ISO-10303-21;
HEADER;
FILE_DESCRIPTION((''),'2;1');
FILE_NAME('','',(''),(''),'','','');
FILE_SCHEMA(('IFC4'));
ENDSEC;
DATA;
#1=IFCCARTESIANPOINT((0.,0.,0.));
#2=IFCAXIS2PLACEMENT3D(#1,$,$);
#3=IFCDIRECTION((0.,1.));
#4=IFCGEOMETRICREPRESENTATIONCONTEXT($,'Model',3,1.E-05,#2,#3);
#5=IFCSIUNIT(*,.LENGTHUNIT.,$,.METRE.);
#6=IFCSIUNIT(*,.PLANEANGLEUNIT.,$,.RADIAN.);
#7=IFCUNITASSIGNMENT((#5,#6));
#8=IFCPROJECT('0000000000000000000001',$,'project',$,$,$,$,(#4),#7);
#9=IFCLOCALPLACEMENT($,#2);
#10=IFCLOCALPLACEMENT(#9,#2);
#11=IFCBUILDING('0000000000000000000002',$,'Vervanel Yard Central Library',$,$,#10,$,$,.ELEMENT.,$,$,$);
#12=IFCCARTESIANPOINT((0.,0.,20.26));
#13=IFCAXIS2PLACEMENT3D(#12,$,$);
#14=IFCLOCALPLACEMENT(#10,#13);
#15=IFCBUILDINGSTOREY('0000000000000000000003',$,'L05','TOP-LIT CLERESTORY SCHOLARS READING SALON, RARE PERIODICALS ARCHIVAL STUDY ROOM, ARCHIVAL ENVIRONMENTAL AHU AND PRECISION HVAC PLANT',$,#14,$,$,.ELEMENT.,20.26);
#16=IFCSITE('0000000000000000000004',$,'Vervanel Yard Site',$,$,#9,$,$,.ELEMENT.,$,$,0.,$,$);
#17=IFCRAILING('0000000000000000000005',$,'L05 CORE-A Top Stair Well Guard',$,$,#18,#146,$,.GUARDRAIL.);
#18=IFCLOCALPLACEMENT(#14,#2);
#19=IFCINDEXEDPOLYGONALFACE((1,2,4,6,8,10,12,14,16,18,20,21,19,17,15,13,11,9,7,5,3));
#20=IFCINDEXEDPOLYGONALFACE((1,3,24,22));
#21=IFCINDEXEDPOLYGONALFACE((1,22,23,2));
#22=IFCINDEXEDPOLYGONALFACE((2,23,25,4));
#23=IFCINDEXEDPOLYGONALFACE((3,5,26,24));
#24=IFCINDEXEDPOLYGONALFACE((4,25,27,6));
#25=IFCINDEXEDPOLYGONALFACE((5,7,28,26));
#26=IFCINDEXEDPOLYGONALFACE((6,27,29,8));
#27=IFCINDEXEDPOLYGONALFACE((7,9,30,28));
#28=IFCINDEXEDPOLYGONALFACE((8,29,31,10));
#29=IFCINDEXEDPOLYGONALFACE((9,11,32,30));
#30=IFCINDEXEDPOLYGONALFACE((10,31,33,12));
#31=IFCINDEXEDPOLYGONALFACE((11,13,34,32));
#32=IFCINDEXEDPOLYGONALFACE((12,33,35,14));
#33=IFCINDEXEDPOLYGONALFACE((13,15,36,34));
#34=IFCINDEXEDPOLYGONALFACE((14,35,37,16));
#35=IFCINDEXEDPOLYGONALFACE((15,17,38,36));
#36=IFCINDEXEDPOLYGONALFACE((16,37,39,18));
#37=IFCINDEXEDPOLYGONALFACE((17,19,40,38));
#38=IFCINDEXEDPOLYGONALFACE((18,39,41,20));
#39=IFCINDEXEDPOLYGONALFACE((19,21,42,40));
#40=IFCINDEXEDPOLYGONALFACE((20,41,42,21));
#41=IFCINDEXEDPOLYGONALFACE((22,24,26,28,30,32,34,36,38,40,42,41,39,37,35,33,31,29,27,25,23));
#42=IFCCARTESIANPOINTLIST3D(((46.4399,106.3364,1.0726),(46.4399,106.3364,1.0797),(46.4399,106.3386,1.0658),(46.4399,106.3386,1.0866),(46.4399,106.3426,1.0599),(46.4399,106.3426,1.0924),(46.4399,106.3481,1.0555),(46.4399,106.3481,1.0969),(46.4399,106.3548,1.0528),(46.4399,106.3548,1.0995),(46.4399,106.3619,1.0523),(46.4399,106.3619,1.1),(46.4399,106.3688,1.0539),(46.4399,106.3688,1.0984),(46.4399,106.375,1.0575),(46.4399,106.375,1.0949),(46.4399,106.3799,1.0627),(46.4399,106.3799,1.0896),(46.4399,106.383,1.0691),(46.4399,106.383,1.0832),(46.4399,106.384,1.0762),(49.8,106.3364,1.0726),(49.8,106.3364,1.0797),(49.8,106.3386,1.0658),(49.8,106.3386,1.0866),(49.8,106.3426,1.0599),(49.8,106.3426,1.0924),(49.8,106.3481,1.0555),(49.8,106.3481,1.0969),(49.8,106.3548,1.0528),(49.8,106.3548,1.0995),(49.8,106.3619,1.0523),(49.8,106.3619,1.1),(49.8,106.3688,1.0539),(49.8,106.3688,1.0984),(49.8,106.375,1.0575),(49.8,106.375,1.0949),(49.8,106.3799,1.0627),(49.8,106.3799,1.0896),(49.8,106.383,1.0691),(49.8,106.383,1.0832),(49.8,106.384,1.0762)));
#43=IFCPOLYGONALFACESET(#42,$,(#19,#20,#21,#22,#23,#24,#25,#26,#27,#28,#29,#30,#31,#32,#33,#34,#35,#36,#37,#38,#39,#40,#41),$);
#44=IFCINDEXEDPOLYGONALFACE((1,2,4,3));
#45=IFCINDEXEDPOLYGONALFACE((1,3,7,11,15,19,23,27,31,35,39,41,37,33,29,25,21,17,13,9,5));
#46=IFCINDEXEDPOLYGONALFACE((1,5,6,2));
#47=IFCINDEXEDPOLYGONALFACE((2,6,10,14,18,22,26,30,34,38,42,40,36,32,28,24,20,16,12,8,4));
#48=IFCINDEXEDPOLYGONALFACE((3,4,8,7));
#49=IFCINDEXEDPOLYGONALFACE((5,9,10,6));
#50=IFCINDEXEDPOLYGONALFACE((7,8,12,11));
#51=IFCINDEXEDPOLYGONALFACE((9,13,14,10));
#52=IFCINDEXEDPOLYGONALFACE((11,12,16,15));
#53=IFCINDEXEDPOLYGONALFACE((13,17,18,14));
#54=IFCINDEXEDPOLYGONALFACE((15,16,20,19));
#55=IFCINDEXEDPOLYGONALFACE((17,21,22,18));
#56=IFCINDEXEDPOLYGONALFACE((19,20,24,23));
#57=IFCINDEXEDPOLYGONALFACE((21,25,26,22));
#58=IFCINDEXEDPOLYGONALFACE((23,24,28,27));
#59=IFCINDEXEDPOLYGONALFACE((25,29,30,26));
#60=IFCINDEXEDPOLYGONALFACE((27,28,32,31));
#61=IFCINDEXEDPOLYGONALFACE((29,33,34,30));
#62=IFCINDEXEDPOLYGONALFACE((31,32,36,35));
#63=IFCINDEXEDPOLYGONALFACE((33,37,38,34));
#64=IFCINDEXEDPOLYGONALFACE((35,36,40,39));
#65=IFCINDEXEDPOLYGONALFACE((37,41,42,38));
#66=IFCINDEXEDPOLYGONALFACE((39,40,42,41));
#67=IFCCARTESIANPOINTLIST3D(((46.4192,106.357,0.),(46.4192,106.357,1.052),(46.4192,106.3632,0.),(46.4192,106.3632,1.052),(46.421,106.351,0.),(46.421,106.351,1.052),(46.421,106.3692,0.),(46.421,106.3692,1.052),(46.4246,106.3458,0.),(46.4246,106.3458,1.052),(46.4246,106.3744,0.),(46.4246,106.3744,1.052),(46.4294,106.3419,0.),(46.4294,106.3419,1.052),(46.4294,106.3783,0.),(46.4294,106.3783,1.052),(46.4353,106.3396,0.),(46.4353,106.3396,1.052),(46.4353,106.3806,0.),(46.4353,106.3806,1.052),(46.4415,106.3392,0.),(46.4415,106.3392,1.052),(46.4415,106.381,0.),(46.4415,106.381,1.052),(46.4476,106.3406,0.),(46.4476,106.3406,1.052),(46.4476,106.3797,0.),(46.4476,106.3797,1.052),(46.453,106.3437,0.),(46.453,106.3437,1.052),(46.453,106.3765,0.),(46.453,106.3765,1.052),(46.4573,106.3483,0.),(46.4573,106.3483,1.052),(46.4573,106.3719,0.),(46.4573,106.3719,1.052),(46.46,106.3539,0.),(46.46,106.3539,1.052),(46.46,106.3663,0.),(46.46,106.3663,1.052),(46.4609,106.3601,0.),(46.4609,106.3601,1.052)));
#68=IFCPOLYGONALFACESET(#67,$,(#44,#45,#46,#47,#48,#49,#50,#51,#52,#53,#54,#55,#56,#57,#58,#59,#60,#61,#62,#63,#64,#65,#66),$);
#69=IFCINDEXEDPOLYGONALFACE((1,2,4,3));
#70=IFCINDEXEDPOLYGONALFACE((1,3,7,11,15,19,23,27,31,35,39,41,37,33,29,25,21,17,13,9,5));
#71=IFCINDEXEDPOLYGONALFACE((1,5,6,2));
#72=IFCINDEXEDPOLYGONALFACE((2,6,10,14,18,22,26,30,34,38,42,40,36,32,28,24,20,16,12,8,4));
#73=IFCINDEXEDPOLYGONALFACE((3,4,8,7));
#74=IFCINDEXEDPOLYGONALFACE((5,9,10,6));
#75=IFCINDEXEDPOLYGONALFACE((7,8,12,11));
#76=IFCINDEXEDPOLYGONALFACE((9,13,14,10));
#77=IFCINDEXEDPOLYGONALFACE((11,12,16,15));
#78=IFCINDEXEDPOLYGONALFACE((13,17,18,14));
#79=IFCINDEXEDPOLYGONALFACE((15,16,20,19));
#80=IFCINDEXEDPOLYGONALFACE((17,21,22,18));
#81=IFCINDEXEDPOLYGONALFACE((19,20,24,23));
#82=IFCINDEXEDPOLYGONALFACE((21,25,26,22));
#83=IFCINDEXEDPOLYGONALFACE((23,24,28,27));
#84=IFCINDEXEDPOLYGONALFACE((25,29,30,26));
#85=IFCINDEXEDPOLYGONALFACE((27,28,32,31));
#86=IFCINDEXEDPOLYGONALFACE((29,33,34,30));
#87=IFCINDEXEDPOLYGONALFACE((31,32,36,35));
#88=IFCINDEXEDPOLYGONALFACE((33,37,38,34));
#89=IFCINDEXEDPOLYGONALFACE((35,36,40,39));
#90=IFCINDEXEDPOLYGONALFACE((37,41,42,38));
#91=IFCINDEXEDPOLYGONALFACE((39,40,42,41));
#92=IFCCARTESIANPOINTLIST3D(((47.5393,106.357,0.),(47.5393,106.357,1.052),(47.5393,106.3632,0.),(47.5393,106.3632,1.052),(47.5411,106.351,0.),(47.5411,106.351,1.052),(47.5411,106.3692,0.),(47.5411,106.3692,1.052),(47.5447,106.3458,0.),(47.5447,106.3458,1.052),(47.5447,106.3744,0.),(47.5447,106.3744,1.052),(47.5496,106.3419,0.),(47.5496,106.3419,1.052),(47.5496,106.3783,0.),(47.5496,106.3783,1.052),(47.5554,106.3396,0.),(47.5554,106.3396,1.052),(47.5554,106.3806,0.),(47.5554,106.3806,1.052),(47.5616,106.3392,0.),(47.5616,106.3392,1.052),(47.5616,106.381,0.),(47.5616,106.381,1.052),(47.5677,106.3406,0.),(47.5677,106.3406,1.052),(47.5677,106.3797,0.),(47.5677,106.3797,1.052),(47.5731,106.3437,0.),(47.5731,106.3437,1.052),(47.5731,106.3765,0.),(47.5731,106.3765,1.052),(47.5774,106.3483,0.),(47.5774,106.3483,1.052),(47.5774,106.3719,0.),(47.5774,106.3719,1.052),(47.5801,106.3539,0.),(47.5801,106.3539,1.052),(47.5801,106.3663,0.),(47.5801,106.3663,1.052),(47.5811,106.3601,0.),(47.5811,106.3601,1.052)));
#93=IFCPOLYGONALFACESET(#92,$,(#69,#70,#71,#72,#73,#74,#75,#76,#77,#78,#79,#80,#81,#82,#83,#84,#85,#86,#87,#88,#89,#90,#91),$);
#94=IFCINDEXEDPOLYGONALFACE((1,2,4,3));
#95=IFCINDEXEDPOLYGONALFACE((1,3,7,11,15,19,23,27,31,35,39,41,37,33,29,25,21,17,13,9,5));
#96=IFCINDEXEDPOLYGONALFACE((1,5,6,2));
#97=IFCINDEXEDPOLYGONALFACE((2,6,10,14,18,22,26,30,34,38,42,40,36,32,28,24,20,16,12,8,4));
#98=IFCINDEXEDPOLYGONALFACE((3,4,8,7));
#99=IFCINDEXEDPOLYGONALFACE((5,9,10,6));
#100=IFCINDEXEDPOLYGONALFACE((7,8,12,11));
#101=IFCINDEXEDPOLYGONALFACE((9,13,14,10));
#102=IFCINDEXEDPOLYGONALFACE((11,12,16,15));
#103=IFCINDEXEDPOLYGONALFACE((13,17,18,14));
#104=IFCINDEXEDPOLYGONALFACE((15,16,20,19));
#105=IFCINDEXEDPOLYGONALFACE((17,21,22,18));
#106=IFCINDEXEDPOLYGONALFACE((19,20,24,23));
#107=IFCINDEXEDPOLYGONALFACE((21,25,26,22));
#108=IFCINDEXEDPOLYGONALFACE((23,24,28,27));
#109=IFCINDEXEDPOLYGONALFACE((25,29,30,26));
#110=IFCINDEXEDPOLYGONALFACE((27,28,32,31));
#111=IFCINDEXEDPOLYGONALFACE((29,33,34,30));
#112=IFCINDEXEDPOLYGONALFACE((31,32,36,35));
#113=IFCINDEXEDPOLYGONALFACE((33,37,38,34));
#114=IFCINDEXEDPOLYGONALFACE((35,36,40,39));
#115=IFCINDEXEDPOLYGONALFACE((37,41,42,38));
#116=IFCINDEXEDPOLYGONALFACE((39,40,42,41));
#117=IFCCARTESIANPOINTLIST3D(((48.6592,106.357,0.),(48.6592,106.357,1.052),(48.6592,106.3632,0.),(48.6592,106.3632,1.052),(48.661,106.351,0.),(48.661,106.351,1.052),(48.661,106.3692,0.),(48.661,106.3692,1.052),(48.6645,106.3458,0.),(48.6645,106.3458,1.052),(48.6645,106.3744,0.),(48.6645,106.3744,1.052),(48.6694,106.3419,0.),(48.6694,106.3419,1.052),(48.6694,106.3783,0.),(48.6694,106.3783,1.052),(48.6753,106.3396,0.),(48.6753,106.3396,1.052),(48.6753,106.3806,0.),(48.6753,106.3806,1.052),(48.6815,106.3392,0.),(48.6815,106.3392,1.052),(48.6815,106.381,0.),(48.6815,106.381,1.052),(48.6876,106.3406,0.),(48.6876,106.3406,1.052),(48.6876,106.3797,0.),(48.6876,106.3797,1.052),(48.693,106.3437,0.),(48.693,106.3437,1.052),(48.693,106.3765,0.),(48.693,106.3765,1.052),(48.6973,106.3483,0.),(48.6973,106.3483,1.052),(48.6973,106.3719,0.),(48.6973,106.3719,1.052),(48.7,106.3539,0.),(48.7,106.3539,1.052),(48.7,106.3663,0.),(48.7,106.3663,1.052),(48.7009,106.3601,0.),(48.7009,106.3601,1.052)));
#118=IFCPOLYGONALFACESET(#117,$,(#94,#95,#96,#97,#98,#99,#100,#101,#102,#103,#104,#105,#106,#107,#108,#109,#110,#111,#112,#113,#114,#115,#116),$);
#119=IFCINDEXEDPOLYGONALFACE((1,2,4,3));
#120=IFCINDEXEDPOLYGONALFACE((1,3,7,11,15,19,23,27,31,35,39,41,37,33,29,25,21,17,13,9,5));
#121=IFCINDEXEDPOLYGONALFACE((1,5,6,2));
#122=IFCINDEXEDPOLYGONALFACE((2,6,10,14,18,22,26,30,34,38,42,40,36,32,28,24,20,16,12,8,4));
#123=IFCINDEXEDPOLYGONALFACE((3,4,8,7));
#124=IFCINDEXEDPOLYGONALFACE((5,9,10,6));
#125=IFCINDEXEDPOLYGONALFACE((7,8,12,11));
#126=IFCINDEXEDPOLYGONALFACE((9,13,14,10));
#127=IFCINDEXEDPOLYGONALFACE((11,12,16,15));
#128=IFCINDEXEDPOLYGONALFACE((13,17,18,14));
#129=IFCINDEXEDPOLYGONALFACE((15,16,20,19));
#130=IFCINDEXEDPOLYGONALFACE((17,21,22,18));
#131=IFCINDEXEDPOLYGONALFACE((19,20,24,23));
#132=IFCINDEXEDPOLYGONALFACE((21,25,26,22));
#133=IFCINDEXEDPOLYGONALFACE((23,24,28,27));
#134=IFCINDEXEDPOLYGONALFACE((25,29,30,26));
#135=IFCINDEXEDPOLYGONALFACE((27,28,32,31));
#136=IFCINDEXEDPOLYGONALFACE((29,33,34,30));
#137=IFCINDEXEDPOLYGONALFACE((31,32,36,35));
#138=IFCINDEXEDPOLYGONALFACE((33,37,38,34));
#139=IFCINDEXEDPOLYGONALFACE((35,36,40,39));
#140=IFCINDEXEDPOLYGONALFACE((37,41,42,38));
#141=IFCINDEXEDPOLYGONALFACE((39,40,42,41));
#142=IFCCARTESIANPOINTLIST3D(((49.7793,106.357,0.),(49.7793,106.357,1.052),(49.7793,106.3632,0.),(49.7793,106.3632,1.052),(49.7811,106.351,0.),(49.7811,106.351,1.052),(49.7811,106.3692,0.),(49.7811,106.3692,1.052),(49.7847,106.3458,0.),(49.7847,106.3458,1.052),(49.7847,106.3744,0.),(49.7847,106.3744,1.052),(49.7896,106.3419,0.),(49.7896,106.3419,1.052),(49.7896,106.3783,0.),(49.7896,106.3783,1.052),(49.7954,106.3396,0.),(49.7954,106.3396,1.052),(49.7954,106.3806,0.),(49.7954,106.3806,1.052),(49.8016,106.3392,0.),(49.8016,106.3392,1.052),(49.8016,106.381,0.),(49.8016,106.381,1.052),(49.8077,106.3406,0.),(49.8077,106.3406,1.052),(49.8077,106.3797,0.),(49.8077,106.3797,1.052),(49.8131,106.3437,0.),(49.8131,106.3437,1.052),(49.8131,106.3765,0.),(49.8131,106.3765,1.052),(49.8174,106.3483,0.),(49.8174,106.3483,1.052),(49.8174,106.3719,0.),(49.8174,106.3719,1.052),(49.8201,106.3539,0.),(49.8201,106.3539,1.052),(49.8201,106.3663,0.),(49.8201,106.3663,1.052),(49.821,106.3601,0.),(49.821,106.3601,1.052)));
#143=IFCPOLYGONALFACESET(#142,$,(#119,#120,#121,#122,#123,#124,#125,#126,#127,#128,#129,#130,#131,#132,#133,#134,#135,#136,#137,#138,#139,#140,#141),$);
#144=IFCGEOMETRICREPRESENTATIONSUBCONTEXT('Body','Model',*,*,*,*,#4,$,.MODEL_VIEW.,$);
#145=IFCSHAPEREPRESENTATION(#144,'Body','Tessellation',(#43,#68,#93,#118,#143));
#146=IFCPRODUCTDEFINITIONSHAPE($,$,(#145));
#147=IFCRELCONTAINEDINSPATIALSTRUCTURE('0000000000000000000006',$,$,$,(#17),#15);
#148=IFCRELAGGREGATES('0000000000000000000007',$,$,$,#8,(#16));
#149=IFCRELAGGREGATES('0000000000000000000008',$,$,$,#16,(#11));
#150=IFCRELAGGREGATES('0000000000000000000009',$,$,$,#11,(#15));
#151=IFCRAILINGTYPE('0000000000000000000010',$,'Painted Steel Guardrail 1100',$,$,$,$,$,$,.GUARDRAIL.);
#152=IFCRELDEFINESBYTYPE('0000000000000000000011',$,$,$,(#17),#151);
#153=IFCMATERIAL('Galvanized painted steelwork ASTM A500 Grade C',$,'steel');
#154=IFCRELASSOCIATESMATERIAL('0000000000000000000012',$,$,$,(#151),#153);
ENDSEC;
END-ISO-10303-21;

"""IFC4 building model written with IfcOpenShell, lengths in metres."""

from ifc_helpers import new_model, si_unit, direction, frame, origin, origin_2d, place, context, subcontext, project, spatial, circle, extrude, material, type_object, element, save


model = new_model("IFC4")

# Units and contexts
model_context = context("Model", 3, precision=1e-05, world=origin(), true_north=direction((0.0, 1.0)))
body_context = subcontext(model_context, "Body", "Model", "MODEL_VIEW")
ifc_project = project(units=[si_unit("LENGTHUNIT", "METRE"), si_unit("PLANEANGLEUNIT", "RADIAN")], contexts=[model_context])

# Site, building, storey
site_placement = place(None, origin())
site = spatial("IfcSite", under=ifc_project, at=site_placement, Name="Vervanel Yard Site", CompositionType="ELEMENT", RefElevation=0.0)
building_placement = place(site_placement, origin())
building = spatial("IfcBuilding", under=site, at=building_placement, Name="Vervanel Yard Central Library", CompositionType="ELEMENT")
storey_placement = place(building_placement, frame((0.0, 0.0, 20.26)))
storey = spatial("IfcBuildingStorey", under=building, at=storey_placement, Name="L05", Description="TOP-LIT CLERESTORY SCHOLARS READING SALON, RARE PERIODICALS ARCHIVAL STUDY ROOM, ARCHIVAL ENVIRONMENTAL AHU AND PRECISION HVAC PLANT", CompositionType="ELEMENT", Elevation=20.26)

# Shared definitions
ifc_material_1 = material(Name="Galvanized painted steelwork ASTM A500 Grade C", Category="steel")

# Railing
railing_type = type_object("IfcRailingType", Name="Painted Steel Guardrail 1100", PredefinedType="GUARDRAIL", material=ifc_material_1)
railing_1_placement = place(storey_placement, frame((46.4399, 106.3601, 0.0)))
element("IfcRailing", 1, at=railing_1_placement, inside=storey, type_object=railing_type, Name="L05 CORE-A Top Stair Well Guard", PredefinedType="GUARDRAIL", context=body_context, shape_type="SweptSolid", body=[
    extrude(circle(Radius=0.0239, at=origin_2d()), frame((0.0, 0.0, 1.0762), z_axis=(1.0, 0.0, 0.0), x_axis=(0.0, 1.0, 0.0)), (0.0, 0.0, 1.0), 3.3601),
    extrude(circle(Radius=0.021, at=origin_2d()), origin(), (0.0, 0.0, 1.0), 1.052),
    extrude(circle(Radius=0.021, at=origin_2d()), frame((1.1201, 0.0, 0.0)), (0.0, 0.0, 1.0), 1.052),
    extrude(circle(Radius=0.021, at=origin_2d()), frame((2.24, 0.0, 0.0)), (0.0, 0.0, 1.0), 1.052),
    extrude(circle(Radius=0.021, at=origin_2d()), frame((3.3601, 0.0, 0.0)), (0.0, 0.0, 1.0), 1.052),
])

save(model, "model.ifc")
